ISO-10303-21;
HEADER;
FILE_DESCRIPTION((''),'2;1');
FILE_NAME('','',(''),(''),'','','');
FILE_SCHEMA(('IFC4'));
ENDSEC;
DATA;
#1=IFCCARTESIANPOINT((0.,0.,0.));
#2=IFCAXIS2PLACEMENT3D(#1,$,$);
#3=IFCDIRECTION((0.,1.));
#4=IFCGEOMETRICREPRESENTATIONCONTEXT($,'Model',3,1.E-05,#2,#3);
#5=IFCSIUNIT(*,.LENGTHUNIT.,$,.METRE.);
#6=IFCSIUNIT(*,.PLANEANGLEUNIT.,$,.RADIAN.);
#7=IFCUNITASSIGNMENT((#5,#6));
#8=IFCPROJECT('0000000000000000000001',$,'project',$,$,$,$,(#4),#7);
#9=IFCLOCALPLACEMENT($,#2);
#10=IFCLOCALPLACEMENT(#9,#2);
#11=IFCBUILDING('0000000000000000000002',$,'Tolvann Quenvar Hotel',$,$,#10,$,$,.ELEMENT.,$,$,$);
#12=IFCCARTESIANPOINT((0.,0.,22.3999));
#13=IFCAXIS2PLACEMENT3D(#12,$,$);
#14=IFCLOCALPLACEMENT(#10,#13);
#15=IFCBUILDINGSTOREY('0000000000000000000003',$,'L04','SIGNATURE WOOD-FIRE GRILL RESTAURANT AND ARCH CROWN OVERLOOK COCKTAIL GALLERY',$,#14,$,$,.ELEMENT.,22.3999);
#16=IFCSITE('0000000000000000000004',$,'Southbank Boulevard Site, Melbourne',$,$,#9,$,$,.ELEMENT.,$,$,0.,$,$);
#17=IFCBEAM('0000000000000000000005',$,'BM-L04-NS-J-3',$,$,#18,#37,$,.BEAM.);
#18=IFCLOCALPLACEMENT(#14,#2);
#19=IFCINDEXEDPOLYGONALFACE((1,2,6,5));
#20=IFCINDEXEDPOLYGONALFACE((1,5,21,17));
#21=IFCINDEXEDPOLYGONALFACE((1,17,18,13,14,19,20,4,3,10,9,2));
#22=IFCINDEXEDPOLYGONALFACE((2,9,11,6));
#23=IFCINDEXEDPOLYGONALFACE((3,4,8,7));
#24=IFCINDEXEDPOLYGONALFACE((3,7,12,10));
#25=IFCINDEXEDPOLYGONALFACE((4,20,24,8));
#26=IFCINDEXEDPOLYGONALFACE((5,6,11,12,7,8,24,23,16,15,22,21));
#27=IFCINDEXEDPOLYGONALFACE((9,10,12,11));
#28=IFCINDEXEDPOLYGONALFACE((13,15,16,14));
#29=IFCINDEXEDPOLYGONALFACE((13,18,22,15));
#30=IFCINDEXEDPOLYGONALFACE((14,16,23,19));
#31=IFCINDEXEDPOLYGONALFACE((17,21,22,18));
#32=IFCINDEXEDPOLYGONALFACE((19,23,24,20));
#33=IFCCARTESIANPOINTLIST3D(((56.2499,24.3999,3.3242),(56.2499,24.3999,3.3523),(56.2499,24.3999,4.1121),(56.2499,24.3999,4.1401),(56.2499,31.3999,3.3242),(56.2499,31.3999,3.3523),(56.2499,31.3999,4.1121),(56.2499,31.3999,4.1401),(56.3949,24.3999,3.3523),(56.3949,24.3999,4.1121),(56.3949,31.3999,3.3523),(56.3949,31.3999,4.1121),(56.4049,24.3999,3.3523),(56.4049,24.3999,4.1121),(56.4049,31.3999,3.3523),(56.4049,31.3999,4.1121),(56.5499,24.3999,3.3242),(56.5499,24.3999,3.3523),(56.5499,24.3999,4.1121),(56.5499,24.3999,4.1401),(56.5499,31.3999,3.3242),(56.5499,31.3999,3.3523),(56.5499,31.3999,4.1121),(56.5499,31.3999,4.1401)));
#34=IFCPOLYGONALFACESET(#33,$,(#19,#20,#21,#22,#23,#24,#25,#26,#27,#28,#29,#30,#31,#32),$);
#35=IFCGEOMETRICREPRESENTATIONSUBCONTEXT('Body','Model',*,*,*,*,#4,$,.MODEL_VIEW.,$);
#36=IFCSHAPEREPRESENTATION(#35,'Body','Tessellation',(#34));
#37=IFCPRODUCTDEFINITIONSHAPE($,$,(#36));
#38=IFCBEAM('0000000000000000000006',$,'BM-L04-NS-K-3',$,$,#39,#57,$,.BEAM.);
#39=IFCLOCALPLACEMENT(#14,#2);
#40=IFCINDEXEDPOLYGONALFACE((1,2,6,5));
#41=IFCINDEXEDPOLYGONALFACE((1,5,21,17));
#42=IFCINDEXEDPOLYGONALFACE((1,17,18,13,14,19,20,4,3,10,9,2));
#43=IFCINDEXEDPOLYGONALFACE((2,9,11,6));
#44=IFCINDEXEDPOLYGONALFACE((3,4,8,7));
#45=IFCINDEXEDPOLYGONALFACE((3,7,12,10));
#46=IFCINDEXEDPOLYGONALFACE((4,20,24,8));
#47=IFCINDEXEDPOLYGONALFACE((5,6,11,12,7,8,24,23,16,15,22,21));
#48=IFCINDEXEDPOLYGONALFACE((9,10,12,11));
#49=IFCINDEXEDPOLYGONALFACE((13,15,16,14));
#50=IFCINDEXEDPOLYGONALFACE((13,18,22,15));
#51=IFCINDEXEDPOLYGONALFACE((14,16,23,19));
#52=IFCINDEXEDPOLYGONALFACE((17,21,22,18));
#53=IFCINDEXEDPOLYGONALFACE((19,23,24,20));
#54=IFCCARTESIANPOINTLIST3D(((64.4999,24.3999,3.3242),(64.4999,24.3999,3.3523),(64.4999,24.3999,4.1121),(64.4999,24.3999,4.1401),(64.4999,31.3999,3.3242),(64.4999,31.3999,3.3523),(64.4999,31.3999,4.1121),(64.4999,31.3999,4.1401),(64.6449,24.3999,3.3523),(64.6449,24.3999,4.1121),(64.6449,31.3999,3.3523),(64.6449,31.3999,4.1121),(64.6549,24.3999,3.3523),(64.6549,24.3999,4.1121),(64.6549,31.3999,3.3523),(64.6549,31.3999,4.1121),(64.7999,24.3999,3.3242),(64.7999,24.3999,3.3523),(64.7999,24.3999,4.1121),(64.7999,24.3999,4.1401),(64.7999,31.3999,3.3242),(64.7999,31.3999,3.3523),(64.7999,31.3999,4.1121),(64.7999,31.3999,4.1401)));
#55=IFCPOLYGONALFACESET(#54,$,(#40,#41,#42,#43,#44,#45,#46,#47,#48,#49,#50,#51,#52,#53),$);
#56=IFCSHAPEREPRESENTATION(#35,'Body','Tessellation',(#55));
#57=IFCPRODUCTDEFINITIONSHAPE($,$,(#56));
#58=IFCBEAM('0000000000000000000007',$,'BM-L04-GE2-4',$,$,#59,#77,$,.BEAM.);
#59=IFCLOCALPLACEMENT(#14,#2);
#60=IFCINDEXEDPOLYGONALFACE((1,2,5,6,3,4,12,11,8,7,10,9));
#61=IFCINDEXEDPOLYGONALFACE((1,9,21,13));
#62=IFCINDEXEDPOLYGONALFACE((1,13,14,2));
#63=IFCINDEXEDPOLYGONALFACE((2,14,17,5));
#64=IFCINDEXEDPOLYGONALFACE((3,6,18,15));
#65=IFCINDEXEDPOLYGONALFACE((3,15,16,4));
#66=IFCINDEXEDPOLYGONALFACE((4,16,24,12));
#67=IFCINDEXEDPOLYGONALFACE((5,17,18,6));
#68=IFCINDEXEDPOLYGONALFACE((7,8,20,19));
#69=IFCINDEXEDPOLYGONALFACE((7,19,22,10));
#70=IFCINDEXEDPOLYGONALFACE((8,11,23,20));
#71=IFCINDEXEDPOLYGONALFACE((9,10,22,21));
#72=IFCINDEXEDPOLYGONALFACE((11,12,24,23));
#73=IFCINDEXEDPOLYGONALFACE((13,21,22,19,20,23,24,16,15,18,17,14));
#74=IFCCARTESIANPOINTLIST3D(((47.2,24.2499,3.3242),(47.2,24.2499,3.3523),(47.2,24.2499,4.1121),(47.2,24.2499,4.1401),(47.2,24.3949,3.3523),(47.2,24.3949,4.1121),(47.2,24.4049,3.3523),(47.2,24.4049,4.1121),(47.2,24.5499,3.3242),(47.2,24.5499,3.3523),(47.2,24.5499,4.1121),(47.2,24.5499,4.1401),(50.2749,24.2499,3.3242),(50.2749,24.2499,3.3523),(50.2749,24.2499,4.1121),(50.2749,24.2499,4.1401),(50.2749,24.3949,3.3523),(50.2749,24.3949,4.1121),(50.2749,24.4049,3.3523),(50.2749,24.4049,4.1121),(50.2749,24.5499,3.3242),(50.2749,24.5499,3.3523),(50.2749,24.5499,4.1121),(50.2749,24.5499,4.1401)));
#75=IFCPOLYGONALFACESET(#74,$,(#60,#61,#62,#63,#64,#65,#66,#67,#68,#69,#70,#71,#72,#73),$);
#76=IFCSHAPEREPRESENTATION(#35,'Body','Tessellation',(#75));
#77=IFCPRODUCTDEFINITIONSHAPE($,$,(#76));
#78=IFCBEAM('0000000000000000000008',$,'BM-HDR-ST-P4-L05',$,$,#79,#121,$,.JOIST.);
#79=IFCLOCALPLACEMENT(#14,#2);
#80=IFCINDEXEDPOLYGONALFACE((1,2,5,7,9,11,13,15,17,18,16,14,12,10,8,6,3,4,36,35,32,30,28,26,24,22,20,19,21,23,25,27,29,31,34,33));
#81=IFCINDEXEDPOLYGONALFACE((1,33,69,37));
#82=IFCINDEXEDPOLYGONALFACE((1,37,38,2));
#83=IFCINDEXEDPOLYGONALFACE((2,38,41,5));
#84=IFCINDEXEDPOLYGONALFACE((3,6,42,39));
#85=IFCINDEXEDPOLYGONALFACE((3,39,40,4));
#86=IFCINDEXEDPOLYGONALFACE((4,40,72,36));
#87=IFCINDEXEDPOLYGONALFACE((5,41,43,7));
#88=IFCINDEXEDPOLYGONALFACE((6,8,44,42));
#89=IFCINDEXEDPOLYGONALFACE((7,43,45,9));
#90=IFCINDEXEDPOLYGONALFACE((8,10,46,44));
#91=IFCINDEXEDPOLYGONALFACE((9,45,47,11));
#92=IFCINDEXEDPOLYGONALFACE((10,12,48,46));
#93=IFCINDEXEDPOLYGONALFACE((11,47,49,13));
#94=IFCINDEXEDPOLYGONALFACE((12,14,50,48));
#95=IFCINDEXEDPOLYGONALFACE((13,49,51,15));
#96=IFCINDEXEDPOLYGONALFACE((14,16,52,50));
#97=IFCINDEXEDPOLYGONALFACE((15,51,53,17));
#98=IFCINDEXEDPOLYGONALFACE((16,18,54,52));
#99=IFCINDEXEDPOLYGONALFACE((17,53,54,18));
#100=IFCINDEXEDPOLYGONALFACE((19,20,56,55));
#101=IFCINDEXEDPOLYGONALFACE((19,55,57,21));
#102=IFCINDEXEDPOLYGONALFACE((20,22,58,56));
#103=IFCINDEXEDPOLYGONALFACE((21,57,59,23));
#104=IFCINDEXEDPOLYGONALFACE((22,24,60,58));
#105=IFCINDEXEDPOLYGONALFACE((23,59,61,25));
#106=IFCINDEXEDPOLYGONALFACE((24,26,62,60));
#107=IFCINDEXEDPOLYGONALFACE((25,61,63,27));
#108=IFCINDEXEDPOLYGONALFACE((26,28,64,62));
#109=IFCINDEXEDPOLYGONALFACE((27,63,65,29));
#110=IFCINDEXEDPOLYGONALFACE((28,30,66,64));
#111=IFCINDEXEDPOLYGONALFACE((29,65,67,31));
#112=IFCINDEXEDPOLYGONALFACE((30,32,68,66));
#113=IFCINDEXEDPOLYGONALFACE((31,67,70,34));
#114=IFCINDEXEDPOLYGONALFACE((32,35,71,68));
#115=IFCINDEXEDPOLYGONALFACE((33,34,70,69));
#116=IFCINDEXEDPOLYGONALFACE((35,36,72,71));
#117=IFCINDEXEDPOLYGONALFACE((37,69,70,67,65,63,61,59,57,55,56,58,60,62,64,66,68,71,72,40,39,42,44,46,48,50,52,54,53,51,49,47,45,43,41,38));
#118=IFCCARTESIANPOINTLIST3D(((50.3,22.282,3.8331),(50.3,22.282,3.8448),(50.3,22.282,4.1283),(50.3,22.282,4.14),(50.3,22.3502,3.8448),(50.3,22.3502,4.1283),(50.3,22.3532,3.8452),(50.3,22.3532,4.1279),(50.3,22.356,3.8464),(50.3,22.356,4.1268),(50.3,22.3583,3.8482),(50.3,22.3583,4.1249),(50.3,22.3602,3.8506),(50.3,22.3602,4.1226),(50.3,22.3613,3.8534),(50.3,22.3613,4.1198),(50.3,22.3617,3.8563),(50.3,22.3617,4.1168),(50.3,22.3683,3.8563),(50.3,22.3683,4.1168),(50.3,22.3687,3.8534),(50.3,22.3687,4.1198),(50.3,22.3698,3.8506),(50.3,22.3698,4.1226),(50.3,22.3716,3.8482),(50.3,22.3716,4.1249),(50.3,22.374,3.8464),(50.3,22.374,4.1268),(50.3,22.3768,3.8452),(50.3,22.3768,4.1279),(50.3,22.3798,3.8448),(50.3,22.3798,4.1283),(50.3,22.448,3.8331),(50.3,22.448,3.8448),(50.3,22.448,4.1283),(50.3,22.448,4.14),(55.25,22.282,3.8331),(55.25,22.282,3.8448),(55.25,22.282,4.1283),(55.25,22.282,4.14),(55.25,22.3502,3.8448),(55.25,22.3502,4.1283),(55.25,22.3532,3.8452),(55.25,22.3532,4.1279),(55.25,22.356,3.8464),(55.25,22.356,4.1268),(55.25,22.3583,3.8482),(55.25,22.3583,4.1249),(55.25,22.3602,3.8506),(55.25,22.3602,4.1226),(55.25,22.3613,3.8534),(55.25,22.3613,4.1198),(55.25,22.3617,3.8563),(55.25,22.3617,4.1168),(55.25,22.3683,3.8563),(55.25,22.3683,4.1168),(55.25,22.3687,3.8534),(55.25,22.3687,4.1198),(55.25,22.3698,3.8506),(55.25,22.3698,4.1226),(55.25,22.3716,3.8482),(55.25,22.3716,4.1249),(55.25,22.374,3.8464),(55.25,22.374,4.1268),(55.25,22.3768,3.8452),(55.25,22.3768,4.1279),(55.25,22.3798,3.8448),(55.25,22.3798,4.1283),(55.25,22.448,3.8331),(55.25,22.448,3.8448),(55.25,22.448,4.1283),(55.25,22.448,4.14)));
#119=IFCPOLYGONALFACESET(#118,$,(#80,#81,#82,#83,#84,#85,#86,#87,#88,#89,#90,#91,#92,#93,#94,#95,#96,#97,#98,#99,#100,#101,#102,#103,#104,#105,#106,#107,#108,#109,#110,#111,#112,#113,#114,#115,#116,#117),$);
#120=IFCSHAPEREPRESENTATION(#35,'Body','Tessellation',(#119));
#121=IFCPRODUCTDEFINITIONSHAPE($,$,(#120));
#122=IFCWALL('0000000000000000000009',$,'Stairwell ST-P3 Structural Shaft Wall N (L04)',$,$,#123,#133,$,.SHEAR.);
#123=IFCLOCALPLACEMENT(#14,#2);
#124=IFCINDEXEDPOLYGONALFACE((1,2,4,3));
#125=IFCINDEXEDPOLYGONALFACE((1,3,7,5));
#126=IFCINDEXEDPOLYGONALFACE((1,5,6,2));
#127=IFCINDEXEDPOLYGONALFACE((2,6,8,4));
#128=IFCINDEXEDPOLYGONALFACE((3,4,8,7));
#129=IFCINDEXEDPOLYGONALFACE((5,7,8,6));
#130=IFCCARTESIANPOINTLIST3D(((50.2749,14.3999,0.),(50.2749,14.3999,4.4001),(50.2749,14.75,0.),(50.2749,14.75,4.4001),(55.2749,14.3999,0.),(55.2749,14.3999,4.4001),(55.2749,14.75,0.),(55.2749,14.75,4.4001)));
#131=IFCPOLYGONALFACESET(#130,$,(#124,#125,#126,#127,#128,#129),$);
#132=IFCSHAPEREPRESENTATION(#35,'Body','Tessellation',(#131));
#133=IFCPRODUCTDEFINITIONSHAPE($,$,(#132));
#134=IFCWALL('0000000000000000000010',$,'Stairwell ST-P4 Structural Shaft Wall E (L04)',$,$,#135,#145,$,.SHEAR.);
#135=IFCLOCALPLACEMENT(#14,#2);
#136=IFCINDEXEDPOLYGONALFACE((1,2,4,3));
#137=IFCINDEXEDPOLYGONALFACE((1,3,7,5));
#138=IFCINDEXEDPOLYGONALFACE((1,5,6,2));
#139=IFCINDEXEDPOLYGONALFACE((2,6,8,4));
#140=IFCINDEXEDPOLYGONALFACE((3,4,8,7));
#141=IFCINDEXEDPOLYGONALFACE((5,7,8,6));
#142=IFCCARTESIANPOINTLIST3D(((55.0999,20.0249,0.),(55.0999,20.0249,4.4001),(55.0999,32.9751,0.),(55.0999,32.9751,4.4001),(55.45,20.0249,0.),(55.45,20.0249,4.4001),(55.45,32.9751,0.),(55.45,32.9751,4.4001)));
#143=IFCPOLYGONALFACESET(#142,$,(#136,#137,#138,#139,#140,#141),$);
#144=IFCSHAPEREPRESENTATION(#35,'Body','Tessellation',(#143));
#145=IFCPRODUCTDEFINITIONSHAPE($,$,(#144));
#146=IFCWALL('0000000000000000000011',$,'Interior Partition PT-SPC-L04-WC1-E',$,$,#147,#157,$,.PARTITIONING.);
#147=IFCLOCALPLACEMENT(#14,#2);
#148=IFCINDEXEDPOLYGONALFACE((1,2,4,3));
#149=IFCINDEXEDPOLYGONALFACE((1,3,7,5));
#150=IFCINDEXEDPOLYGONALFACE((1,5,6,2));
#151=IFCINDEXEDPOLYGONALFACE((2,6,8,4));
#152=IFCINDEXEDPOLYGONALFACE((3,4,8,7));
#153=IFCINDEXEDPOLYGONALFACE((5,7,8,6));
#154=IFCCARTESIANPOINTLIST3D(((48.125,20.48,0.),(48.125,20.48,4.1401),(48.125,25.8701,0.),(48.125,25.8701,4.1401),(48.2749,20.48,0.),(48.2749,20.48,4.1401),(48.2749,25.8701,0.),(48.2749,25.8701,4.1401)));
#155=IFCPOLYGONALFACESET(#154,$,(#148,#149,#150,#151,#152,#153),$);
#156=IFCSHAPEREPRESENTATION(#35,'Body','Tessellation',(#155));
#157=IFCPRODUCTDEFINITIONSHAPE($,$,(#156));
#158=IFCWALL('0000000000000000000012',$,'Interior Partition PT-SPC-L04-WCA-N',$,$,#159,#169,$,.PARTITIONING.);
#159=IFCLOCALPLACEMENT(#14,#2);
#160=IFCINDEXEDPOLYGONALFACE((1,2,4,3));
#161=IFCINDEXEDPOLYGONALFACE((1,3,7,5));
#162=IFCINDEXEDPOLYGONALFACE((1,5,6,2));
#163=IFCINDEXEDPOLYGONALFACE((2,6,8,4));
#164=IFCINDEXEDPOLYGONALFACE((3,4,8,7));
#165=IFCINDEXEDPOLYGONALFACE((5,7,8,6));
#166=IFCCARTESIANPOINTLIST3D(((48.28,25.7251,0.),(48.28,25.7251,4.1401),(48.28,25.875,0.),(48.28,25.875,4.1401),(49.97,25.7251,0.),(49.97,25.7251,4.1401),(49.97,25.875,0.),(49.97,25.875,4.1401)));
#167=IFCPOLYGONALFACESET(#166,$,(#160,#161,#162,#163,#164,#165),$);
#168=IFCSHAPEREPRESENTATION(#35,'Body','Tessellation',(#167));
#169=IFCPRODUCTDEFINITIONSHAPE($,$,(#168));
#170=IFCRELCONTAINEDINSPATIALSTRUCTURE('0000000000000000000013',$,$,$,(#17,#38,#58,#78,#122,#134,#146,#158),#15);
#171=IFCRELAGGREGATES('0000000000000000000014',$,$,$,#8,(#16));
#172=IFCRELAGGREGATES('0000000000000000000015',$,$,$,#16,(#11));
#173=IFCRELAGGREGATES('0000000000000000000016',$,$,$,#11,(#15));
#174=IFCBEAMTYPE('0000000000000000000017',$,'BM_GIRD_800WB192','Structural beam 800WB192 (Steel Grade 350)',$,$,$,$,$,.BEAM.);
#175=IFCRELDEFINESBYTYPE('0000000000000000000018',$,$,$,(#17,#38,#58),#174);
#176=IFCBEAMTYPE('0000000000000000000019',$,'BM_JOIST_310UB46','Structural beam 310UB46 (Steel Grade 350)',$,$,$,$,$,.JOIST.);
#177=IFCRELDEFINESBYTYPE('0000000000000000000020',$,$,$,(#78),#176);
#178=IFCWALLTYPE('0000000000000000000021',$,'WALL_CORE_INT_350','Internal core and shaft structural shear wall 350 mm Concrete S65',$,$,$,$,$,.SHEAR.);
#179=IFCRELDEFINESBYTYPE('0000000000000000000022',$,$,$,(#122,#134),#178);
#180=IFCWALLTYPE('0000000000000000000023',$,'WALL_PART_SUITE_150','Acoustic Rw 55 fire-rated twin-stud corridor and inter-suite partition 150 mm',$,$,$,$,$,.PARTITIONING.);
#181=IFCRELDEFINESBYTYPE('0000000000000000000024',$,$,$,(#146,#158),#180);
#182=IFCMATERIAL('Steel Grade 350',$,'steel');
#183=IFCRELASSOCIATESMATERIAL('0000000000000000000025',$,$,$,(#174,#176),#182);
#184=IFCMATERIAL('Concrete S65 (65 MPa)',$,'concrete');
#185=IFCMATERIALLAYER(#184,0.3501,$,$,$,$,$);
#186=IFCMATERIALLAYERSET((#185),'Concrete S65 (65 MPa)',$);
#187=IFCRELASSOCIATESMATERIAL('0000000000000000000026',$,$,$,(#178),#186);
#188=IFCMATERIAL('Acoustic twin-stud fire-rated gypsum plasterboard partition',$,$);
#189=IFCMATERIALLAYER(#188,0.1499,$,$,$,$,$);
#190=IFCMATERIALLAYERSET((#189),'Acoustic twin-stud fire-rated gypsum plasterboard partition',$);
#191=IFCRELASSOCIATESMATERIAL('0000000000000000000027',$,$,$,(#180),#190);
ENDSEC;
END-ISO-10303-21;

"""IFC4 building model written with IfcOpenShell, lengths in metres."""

from ifc_helpers import new_model, si_unit, direction, frame, frame_2d, origin, origin_2d, place, context, subcontext, project, spatial, rectangle, i_section, extrude, source, transform, mapped, material, layer, layer_set, material_profile, profile_set, type_object, type_shapes, element, save


model = new_model("IFC4")

# Units and contexts
model_context = context("Model", 3, precision=1e-05, world=origin(), true_north=direction((0.0, 1.0)))
body_context = subcontext(model_context, "Body", "Model", "MODEL_VIEW")
ifc_project = project(units=[si_unit("LENGTHUNIT", "METRE"), si_unit("PLANEANGLEUNIT", "RADIAN")], contexts=[model_context])

# Site, building, storey
site_placement = place(None, origin())
site = spatial("IfcSite", under=ifc_project, at=site_placement, Name="Southbank Boulevard Site, Melbourne", CompositionType="ELEMENT", RefElevation=0.0)
building_placement = place(site_placement, origin())
building = spatial("IfcBuilding", under=site, at=building_placement, Name="Tolvann Quenvar Hotel", CompositionType="ELEMENT")
storey_placement = place(building_placement, frame((0.0, 0.0, 22.3999)))
storey = spatial("IfcBuildingStorey", under=building, at=storey_placement, Name="L04", Description="SIGNATURE WOOD-FIRE GRILL RESTAURANT AND ARCH CROWN OVERLOOK COCKTAIL GALLERY", CompositionType="ELEMENT", Elevation=22.3999)

# Shared definitions
ifc_material_1 = material(Name="Concrete S65 (65 MPa)", Category="concrete")

# Beams
ifc_material_2 = material(Name="Steel Grade 350", Category="steel")
ifc_material_profile_1 = material_profile(ifc_material_2, i_section(OverallWidth=0.3, OverallDepth=0.8159, WebThickness=0.01, FlangeThickness=0.0281, at=origin_2d()), Name="800WB192")
ifc_profile_set_1 = profile_set([ifc_material_profile_1], Name="Steel Grade 350")
beam_type_1 = type_object("IfcBeamType", Name="BM_GIRD_800WB192", Description="Structural beam 800WB192 (Steel Grade 350)", PredefinedType="BEAM", material=ifc_profile_set_1)
shared_shape_1 = source(origin(), body_context, "Body", "SweptSolid", [
    extrude(i_section(OverallWidth=0.3, OverallDepth=0.8159, WebThickness=0.01, FlangeThickness=0.0281, at=origin_2d()), origin(), (0.0, 0.0, 1.0), 7.0),
])
for number, where, z_axis, x_axis, name in (
    (1, (56.3999, 24.3999, 3.7322), (0.0, 1.0, 0.0), (-1.0, 0.0, 0.0), "BM-L04-NS-J-3"),
    (2, (64.6499, 24.3999, 3.7322), (0.0, 1.0, 0.0), (-1.0, 0.0, 0.0), "BM-L04-NS-K-3"),
):
    element("IfcBeam", number, at=place(storey_placement, frame(where, z_axis=z_axis, x_axis=x_axis)), inside=storey, type_object=beam_type_1, Name=name, PredefinedType="BEAM", context=body_context, shape_type="MappedRepresentation", body=[
        mapped(shared_shape_1, transform((0.0, 0.0, 0.0), x_axis=(1.0, 0.0, 0.0), y_axis=(0.0, 1.0, 0.0), z_axis=(0.0, 0.0, 1.0), scale=1.0)),
    ])
shared_shape_2 = source(origin(), body_context, "Body", "SweptSolid", [
    extrude(i_section(OverallWidth=0.3, OverallDepth=0.8159, WebThickness=0.01, FlangeThickness=0.0281, at=origin_2d()), origin(), (0.0, 0.0, 1.0), 3.075),
])
beam_1_placement = place(storey_placement, frame((47.2, 24.3999, 3.7322), z_axis=(1.0, 0.0, 0.0), x_axis=(0.0, 1.0, 0.0)))
element("IfcBeam", 3, at=beam_1_placement, inside=storey, type_object=beam_type_1, Name="BM-L04-GE2-4", PredefinedType="BEAM", context=body_context, shape_type="MappedRepresentation", body=[
    mapped(shared_shape_2, transform((0.0, 0.0, 0.0), x_axis=(1.0, 0.0, 0.0), y_axis=(0.0, 1.0, 0.0), z_axis=(0.0, 0.0, 1.0), scale=1.0)),
])
ifc_material_profile_2 = material_profile(ifc_material_2, i_section(OverallWidth=0.166, OverallDepth=0.3069, WebThickness=0.0066, FlangeThickness=0.0117, FilletRadius=0.0115, at=origin_2d()), Name="310UB46")
ifc_profile_set_2 = profile_set([ifc_material_profile_2], Name="Steel Grade 350")
beam_type_2 = type_object("IfcBeamType", Name="BM_JOIST_310UB46", Description="Structural beam 310UB46 (Steel Grade 350)", PredefinedType="JOIST", material=ifc_profile_set_2)
shared_shape_3 = source(origin(), body_context, "Body", "SweptSolid", [
    extrude(i_section(OverallWidth=0.166, OverallDepth=0.3069, WebThickness=0.0066, FlangeThickness=0.0117, FilletRadius=0.0115, at=origin_2d()), origin(), (0.0, 0.0, 1.0), 4.95),
])
type_shapes(beam_type_2, [shared_shape_3])
beam_2_placement = place(storey_placement, frame((50.3, 22.365, 3.9866), z_axis=(1.0, 0.0, 0.0), x_axis=(0.0, 1.0, 0.0)))
element("IfcBeam", 4, at=beam_2_placement, inside=storey, type_object=beam_type_2, Name="BM-HDR-ST-P4-L05", PredefinedType="JOIST", context=body_context, shape_type="MappedRepresentation", body=[
    mapped(shared_shape_3, transform((0.0, 0.0, 0.0), x_axis=(1.0, 0.0, 0.0), y_axis=(0.0, 1.0, 0.0), z_axis=(0.0, 0.0, 1.0), scale=1.0)),
])

# Wall
ifc_layer_1 = layer(ifc_material_1, 0.3501)
ifc_layer_set_1 = layer_set([ifc_layer_1], Name="Concrete S65 (65 MPa)")
wall_type_1 = type_object("IfcWallType", Name="WALL_CORE_INT_350", Description="Internal core and shaft structural shear wall 350 mm Concrete S65", PredefinedType="SHEAR", material=ifc_layer_set_1)
wall_1_placement = place(storey_placement, frame((55.2749, 14.575, 0.0), z_axis=(0.0, 0.0, 1.0), x_axis=(-1.0, 0.0, 0.0)))
element("IfcWall", 5, at=wall_1_placement, inside=storey, type_object=wall_type_1, Name="Stairwell ST-P3 Structural Shaft Wall N (L04)", PredefinedType="SHEAR", context=body_context, shape_type="SweptSolid", body=[
    extrude(rectangle(XDim=5.0, YDim=0.3501, at=frame_2d((2.5, 0.0))), origin(), (0.0, 0.0, 1.0), 4.4001),
])

# Walls
wall_2_placement = place(storey_placement, frame((55.2749, 20.0249, 0.0), z_axis=(0.0, 0.0, 1.0), x_axis=(0.0, 1.0, 0.0)))
element("IfcWall", 6, at=wall_2_placement, inside=storey, type_object=wall_type_1, Name="Stairwell ST-P4 Structural Shaft Wall E (L04)", PredefinedType="SHEAR", context=body_context, shape_type="SweptSolid", body=[
    extrude(rectangle(XDim=12.9502, YDim=0.3501, at=frame_2d((6.4751, 0.0))), origin(), (0.0, 0.0, 1.0), 4.4001),
])
ifc_material_3 = material(Name="Acoustic twin-stud fire-rated gypsum plasterboard partition")
ifc_layer_2 = layer(ifc_material_3, 0.1499)
ifc_layer_set_2 = layer_set([ifc_layer_2], Name="Acoustic twin-stud fire-rated gypsum plasterboard partition")
wall_type_2 = type_object("IfcWallType", Name="WALL_PART_SUITE_150", Description="Acoustic Rw 55 fire-rated twin-stud corridor and inter-suite partition 150 mm", PredefinedType="PARTITIONING", material=ifc_layer_set_2)
wall_3_placement = place(storey_placement, frame((48.2, 20.48, 0.0), z_axis=(0.0, 0.0, 1.0), x_axis=(0.0, 1.0, 0.0)))
element("IfcWall", 7, at=wall_3_placement, inside=storey, type_object=wall_type_2, Name="Interior Partition PT-SPC-L04-WC1-E", PredefinedType="PARTITIONING", context=body_context, shape_type="SweptSolid", body=[
    extrude(rectangle(XDim=5.3901, YDim=0.1499, at=frame_2d((2.6951, 0.0))), origin(), (0.0, 0.0, 1.0), 4.1401),
])
wall_4_placement = place(storey_placement, frame((48.28, 25.8, 0.0), z_axis=(0.0, 0.0, 1.0), x_axis=(1.0, 0.0, 0.0)))
element("IfcWall", 8, at=wall_4_placement, inside=storey, type_object=wall_type_2, Name="Interior Partition PT-SPC-L04-WCA-N", PredefinedType="PARTITIONING", context=body_context, shape_type="SweptSolid", body=[
    extrude(rectangle(XDim=1.6899, YDim=0.1499, at=frame_2d((0.845, 0.0))), origin(), (0.0, 0.0, 1.0), 4.1401),
])

save(model, "model.ifc")
